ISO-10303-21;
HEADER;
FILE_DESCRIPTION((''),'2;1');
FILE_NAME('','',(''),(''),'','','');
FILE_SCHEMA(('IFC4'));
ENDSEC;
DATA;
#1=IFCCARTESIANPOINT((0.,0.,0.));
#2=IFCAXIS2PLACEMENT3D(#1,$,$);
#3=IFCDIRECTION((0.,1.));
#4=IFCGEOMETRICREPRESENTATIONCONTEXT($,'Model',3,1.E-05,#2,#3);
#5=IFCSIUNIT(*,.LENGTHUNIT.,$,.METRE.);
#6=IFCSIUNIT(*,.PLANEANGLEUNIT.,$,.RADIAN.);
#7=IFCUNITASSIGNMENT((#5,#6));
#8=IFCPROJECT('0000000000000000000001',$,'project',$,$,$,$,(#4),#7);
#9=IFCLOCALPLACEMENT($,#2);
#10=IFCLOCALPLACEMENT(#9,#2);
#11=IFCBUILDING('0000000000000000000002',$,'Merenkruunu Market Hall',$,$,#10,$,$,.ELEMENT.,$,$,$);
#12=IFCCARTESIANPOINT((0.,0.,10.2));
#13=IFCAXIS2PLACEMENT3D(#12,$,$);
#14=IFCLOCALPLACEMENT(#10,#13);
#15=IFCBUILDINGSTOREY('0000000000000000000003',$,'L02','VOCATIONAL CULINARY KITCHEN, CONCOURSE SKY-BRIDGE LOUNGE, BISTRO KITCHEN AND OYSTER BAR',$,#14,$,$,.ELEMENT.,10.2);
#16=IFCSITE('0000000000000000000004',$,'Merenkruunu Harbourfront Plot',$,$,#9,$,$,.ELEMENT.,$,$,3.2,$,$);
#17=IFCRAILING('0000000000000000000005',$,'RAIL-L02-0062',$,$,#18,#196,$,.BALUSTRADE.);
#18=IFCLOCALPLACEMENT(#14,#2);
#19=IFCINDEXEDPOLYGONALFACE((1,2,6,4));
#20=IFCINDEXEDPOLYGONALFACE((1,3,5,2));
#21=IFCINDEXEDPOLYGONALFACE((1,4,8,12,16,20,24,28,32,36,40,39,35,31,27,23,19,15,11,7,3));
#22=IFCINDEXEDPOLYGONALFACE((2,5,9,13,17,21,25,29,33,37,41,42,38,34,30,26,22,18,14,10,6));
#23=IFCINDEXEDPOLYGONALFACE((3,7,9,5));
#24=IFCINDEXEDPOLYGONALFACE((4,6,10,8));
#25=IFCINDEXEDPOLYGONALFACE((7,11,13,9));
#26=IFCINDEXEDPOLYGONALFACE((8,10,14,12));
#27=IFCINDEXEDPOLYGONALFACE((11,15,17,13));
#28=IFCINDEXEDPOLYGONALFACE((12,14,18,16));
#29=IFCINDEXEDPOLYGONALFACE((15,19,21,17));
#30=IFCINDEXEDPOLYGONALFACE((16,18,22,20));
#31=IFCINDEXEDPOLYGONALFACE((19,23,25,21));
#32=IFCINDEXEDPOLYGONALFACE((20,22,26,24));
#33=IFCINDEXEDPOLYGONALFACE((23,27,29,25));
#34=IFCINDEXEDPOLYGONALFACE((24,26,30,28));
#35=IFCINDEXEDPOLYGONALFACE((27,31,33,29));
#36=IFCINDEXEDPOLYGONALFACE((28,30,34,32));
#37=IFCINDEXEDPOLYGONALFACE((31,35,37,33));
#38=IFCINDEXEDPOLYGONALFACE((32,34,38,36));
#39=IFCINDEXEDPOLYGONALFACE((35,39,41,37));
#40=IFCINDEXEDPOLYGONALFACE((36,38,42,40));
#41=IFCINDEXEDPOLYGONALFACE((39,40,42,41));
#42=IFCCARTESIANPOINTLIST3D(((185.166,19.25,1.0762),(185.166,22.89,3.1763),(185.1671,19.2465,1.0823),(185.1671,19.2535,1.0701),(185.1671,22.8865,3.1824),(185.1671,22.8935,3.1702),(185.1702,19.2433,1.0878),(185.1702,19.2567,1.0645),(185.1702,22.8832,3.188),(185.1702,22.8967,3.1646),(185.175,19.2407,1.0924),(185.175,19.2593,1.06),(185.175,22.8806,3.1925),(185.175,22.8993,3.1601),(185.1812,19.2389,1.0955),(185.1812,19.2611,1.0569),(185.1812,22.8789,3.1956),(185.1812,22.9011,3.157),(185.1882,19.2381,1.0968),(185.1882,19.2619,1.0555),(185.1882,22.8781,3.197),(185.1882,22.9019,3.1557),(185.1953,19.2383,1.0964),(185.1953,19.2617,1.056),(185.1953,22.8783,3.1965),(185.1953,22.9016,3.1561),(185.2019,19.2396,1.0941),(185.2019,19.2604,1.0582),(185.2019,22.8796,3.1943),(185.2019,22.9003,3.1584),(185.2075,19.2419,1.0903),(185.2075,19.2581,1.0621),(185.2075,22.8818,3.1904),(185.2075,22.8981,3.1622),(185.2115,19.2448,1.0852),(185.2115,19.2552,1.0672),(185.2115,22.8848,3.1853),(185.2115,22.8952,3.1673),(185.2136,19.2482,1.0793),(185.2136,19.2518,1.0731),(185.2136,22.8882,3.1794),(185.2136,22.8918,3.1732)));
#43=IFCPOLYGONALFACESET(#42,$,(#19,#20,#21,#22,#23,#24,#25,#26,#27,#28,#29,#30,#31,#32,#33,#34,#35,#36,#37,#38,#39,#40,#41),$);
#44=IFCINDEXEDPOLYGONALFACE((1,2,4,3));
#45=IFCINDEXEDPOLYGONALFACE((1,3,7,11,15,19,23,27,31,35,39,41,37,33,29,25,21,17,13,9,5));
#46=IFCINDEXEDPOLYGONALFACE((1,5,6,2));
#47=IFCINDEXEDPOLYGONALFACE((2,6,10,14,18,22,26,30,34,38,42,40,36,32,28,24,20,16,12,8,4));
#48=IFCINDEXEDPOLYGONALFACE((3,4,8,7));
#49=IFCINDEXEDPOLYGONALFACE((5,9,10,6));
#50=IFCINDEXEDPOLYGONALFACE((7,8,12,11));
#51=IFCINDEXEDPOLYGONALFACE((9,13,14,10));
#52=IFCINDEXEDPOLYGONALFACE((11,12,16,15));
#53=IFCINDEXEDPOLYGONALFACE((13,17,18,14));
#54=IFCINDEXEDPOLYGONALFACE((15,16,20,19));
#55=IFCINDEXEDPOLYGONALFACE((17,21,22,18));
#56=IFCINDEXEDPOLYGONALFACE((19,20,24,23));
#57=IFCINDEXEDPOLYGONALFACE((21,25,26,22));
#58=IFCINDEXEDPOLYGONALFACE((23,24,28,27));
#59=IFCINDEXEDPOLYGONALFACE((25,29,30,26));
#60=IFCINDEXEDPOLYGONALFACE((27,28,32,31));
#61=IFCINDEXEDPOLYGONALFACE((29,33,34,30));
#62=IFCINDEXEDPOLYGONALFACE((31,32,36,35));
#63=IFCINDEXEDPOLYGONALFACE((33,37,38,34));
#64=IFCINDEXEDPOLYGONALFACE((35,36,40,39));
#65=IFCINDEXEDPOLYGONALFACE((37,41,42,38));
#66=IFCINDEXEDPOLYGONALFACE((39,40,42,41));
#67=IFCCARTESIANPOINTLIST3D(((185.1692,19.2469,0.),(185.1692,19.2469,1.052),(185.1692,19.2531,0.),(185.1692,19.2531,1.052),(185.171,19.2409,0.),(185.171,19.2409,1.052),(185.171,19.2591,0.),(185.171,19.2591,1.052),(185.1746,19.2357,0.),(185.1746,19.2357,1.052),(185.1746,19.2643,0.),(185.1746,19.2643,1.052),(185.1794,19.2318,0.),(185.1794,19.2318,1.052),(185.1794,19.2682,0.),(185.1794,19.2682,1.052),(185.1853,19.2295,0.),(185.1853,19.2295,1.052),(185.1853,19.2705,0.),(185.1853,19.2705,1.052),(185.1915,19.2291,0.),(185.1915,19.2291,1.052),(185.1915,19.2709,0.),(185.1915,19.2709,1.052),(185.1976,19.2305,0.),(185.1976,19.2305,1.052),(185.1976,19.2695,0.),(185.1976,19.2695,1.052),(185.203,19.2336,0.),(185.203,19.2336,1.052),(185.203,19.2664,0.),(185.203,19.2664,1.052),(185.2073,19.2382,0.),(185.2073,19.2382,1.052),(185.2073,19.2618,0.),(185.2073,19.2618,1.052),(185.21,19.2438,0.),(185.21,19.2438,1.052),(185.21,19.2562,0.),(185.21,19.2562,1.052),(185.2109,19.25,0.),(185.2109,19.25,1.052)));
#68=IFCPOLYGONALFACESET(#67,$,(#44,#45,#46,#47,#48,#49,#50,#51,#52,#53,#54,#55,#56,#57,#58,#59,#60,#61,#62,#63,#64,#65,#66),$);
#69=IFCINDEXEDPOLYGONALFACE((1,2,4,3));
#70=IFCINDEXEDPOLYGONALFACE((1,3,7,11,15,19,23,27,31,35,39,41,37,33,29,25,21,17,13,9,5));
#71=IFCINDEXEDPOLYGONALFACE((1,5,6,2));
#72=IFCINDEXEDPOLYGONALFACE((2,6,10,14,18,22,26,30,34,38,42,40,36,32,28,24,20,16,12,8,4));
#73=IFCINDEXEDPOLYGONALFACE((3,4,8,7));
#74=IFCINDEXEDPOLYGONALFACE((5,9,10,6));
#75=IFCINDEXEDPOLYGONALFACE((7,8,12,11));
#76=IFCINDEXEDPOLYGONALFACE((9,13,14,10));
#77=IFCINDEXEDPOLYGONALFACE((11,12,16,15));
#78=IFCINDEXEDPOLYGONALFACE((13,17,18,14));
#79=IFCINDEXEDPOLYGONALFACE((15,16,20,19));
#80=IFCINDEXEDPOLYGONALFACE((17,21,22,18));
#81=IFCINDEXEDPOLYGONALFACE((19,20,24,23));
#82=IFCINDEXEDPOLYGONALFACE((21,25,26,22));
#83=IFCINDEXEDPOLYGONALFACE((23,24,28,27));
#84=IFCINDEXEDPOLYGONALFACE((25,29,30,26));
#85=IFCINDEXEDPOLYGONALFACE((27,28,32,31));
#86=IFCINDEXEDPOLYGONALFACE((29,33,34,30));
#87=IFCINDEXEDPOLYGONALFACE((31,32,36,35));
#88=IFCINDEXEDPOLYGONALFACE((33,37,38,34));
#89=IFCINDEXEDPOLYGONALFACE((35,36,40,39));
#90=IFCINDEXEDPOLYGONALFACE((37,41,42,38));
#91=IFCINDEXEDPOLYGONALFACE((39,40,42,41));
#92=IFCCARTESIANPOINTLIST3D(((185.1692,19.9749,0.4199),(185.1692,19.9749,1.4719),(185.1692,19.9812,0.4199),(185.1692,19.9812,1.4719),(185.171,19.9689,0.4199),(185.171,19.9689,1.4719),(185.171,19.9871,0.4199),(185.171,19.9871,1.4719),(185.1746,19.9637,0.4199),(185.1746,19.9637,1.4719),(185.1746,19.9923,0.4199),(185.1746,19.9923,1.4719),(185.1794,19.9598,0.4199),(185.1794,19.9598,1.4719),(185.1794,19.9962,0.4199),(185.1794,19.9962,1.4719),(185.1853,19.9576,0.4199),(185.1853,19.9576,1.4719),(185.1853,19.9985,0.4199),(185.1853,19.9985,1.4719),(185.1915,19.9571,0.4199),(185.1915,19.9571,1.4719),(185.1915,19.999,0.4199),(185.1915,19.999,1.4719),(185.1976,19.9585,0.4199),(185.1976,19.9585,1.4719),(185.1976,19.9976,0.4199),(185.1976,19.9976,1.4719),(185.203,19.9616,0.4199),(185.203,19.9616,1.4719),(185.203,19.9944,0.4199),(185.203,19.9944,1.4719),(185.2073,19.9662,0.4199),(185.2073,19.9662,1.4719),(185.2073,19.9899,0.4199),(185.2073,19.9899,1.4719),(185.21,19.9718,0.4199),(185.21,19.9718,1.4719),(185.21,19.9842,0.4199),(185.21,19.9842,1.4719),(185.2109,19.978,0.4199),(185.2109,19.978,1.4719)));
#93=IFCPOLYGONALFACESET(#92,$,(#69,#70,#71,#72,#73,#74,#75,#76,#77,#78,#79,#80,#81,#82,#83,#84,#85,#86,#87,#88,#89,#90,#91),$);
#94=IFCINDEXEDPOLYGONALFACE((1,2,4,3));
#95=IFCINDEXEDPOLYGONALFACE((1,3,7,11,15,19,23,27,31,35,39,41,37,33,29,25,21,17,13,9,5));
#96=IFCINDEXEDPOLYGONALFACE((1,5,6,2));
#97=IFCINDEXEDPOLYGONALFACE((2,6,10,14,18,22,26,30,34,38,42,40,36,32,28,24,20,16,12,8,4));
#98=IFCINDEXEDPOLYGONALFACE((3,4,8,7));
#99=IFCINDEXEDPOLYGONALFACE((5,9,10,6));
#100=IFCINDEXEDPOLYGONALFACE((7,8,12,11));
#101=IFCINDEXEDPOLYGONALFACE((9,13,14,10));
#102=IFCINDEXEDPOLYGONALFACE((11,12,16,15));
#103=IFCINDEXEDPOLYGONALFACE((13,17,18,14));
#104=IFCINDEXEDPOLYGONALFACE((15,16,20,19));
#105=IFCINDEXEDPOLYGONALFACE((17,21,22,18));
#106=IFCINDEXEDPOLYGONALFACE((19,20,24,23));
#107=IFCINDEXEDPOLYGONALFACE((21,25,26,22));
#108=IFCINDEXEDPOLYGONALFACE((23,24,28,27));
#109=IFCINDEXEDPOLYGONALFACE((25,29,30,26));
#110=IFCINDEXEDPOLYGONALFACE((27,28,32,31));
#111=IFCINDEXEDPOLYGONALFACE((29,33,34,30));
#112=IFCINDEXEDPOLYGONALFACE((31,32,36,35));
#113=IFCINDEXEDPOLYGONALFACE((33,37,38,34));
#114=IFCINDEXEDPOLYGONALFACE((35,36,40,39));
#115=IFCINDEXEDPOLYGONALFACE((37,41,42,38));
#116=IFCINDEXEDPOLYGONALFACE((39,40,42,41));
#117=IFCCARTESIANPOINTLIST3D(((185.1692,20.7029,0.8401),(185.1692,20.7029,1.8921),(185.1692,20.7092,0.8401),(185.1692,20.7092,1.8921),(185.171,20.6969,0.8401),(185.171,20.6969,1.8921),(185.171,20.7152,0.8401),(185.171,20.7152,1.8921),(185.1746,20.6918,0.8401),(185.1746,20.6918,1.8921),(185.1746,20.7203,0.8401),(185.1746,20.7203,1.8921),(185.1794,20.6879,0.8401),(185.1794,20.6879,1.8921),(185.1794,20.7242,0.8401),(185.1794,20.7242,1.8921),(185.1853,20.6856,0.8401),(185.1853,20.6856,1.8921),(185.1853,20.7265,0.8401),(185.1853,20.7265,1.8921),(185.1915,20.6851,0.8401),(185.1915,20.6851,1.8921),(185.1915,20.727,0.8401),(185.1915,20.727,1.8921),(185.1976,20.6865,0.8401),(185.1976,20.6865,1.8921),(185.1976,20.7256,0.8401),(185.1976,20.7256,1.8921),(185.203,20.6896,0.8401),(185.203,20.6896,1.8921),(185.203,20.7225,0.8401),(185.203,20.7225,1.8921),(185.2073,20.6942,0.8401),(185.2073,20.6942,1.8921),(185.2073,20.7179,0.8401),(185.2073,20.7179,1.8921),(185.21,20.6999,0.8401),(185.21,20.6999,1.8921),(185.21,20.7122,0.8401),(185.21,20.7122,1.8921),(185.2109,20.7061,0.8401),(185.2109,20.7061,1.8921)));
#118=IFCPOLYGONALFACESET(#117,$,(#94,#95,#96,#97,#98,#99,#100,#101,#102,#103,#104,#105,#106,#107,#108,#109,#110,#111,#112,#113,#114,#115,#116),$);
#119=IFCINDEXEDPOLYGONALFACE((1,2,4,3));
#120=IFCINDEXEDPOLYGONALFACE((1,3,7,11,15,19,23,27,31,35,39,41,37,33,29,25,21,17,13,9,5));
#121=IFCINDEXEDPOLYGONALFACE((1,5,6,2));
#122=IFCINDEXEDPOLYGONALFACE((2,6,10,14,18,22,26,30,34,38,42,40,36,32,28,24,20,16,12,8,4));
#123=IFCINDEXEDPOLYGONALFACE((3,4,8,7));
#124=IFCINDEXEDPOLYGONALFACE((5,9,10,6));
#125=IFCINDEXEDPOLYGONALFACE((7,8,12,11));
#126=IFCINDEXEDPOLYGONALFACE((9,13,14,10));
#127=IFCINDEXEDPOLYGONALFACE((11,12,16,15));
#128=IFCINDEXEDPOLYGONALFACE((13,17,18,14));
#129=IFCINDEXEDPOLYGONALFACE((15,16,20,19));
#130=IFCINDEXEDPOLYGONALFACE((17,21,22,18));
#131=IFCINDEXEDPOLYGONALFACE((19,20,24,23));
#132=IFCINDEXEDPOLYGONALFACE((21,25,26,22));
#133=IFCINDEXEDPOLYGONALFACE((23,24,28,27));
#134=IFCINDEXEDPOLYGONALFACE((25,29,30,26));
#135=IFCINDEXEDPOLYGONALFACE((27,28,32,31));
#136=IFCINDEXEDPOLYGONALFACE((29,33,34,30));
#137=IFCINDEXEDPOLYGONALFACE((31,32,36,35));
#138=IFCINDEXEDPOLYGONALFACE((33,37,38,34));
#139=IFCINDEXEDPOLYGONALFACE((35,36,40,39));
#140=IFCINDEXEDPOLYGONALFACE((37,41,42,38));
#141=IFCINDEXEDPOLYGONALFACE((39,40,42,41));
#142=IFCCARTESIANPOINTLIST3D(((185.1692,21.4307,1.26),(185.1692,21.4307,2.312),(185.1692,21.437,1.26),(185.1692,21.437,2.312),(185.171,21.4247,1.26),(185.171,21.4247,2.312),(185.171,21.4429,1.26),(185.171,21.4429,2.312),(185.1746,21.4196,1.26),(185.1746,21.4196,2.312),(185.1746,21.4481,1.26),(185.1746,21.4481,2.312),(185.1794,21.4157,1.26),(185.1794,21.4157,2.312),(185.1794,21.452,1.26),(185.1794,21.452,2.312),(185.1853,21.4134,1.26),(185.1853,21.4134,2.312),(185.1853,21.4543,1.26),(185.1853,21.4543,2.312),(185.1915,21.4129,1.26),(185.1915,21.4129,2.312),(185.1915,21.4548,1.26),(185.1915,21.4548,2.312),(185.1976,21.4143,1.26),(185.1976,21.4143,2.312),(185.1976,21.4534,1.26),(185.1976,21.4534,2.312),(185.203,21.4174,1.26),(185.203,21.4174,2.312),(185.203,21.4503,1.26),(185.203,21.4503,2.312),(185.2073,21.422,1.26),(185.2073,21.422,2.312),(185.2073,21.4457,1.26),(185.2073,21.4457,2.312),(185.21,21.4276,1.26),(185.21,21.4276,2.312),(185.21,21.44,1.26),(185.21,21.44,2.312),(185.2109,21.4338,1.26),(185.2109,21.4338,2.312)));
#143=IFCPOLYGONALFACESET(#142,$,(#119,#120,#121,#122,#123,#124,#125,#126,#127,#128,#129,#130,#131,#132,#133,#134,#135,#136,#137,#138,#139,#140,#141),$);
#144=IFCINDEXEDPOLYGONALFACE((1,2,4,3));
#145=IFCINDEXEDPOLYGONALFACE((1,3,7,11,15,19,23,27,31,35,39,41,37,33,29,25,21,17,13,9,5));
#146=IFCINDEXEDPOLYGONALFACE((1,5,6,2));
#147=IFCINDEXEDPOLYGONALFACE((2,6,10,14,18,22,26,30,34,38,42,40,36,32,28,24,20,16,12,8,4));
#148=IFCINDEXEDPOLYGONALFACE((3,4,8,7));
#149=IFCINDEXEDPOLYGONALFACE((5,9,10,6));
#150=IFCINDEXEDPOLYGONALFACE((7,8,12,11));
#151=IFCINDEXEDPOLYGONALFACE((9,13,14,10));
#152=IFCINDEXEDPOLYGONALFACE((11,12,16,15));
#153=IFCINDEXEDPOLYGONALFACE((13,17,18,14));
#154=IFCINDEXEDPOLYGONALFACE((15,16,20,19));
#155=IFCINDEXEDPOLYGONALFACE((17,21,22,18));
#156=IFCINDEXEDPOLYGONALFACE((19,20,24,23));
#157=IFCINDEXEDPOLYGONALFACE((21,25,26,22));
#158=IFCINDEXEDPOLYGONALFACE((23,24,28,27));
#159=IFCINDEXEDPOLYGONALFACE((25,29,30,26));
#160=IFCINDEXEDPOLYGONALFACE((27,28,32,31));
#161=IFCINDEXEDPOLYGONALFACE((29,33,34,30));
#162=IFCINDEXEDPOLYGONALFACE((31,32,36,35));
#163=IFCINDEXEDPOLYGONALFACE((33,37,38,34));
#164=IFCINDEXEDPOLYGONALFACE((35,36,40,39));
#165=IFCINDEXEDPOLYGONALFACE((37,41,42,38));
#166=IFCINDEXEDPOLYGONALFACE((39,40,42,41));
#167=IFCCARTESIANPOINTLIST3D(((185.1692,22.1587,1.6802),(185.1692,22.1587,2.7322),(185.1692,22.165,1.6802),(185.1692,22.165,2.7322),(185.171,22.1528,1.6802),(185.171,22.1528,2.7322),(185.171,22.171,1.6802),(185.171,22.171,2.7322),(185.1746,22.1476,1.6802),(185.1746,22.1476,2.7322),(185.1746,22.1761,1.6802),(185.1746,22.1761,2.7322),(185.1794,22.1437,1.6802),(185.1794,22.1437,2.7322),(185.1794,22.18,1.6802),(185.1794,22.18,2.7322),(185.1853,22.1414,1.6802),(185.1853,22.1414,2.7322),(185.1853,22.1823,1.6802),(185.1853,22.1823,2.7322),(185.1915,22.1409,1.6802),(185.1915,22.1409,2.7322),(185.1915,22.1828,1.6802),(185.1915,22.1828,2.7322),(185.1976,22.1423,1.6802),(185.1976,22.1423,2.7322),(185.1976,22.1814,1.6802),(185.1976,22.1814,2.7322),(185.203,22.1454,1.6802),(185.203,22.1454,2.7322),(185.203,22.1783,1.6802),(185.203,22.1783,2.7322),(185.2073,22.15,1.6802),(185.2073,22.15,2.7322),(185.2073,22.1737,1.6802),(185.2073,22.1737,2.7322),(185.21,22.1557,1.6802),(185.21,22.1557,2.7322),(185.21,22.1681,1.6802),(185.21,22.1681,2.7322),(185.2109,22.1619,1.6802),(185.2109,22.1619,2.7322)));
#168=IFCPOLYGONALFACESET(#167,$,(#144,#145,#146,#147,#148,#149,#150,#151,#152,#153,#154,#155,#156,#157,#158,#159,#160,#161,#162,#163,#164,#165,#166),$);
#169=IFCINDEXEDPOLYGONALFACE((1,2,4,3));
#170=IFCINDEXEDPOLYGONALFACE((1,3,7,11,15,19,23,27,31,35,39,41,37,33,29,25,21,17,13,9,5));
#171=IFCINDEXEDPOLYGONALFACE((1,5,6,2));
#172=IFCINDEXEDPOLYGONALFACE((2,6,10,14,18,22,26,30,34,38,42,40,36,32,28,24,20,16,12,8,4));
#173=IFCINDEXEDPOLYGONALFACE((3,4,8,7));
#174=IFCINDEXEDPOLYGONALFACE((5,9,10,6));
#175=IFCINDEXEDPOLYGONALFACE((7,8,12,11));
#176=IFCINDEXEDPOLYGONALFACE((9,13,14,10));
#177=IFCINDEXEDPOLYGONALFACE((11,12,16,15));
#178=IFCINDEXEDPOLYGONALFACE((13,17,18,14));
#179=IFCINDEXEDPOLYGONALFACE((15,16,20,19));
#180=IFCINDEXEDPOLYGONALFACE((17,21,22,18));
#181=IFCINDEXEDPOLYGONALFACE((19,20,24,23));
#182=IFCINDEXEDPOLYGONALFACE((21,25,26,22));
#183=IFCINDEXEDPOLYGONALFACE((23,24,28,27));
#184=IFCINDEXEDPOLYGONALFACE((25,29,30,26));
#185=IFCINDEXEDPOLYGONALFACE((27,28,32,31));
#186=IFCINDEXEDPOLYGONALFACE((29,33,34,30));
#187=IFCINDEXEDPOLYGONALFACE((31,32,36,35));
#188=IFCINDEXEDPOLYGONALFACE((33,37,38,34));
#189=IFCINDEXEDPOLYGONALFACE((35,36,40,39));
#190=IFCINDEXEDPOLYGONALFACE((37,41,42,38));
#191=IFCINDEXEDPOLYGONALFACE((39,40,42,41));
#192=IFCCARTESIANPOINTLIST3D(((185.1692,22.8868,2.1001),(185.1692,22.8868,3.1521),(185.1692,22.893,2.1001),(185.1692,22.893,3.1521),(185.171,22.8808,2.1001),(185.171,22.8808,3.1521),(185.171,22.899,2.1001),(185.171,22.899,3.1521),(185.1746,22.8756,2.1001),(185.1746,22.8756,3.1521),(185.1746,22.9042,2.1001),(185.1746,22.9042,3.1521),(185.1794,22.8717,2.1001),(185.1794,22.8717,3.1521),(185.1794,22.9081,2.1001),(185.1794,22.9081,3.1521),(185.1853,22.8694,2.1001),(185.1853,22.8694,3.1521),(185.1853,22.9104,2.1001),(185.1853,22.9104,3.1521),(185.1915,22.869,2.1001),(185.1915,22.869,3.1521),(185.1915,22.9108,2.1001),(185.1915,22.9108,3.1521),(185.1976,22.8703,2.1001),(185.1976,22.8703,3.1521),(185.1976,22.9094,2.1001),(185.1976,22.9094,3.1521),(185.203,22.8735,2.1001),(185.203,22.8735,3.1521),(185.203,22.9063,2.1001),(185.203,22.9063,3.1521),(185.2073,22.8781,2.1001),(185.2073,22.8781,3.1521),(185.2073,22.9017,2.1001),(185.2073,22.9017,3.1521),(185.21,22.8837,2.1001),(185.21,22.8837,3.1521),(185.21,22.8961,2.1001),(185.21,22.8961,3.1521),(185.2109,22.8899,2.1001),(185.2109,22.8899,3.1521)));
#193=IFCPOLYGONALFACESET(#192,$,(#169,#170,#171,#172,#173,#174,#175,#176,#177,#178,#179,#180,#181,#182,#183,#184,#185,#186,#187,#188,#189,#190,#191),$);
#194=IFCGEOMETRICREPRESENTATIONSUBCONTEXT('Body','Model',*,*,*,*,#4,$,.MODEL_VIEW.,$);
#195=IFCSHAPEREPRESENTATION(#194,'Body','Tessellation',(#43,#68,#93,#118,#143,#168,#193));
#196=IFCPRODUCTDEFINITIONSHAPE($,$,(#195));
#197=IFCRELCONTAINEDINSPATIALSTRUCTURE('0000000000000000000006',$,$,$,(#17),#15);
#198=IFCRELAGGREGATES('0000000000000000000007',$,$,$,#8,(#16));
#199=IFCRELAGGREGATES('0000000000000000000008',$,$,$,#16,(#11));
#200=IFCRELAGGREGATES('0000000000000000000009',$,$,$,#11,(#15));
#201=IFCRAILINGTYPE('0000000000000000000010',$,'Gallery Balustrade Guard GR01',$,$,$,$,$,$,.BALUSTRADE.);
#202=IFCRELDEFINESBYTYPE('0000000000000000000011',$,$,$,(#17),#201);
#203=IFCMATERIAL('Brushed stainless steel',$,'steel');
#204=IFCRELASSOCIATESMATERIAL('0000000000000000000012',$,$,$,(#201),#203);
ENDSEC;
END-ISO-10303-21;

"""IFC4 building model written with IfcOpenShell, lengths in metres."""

from ifc_helpers import new_model, si_unit, direction, frame, origin, origin_2d, place, context, subcontext, project, spatial, circle, extrude, material, type_object, element, save


model = new_model("IFC4")

# Units and contexts
model_context = context("Model", 3, precision=1e-05, world=origin(), true_north=direction((0.0, 1.0)))
body_context = subcontext(model_context, "Body", "Model", "MODEL_VIEW")
ifc_project = project(units=[si_unit("LENGTHUNIT", "METRE"), si_unit("PLANEANGLEUNIT", "RADIAN")], contexts=[model_context])

# Site, building, storey
site_placement = place(None, origin())
site = spatial("IfcSite", under=ifc_project, at=site_placement, Name="Merenkruunu Harbourfront Plot", CompositionType="ELEMENT", RefElevation=3.2)
building_placement = place(site_placement, origin())
building = spatial("IfcBuilding", under=site, at=building_placement, Name="Merenkruunu Market Hall", CompositionType="ELEMENT")
storey_placement = place(building_placement, frame((0.0, 0.0, 10.2)))
storey = spatial("IfcBuildingStorey", under=building, at=storey_placement, Name="L02", Description="VOCATIONAL CULINARY KITCHEN, CONCOURSE SKY-BRIDGE LOUNGE, BISTRO KITCHEN AND OYSTER BAR", CompositionType="ELEMENT", Elevation=10.2)

# Railing
ifc_material_1 = material(Name="Brushed stainless steel", Category="steel")
railing_type_1 = type_object("IfcRailingType", Name="Gallery Balustrade Guard GR01", PredefinedType="BALUSTRADE", material=ifc_material_1)
railing_1_placement = place(storey_placement, frame((185.1899, 19.25, 0.0)))
element("IfcRailing", 1, at=railing_1_placement, inside=storey, type_object=railing_type_1, Name="RAIL-L02-0062", PredefinedType="BALUSTRADE", context=body_context, shape_type="SweptSolid", body=[
    extrude(circle(Radius=0.0239, at=origin_2d()), frame((0.0, 0.0, 1.0762), z_axis=(0.0, 0.866169, 0.499751), x_axis=(-1.0, 0.0, 0.0)), (0.0, 0.0, 1.0), 4.2024),
    extrude(circle(Radius=0.021, at=origin_2d()), origin(), (0.0, 0.0, 1.0), 1.052),
    extrude(circle(Radius=0.021, at=origin_2d()), frame((0.0, 0.728, 0.4199)), (0.0, 0.0, 1.0), 1.052),
    extrude(circle(Radius=0.021, at=origin_2d()), frame((0.0, 1.4561, 0.8401)), (0.0, 0.0, 1.0), 1.052),
    extrude(circle(Radius=0.021, at=origin_2d()), frame((0.0, 2.1838, 1.26)), (0.0, 0.0, 1.0), 1.052),
    extrude(circle(Radius=0.021, at=origin_2d()), frame((0.0, 2.9119, 1.6802)), (0.0, 0.0, 1.0), 1.052),
    extrude(circle(Radius=0.021, at=origin_2d()), frame((0.0, 3.6399, 2.1001)), (0.0, 0.0, 1.0), 1.052),
])

save(model, "model.ifc")
